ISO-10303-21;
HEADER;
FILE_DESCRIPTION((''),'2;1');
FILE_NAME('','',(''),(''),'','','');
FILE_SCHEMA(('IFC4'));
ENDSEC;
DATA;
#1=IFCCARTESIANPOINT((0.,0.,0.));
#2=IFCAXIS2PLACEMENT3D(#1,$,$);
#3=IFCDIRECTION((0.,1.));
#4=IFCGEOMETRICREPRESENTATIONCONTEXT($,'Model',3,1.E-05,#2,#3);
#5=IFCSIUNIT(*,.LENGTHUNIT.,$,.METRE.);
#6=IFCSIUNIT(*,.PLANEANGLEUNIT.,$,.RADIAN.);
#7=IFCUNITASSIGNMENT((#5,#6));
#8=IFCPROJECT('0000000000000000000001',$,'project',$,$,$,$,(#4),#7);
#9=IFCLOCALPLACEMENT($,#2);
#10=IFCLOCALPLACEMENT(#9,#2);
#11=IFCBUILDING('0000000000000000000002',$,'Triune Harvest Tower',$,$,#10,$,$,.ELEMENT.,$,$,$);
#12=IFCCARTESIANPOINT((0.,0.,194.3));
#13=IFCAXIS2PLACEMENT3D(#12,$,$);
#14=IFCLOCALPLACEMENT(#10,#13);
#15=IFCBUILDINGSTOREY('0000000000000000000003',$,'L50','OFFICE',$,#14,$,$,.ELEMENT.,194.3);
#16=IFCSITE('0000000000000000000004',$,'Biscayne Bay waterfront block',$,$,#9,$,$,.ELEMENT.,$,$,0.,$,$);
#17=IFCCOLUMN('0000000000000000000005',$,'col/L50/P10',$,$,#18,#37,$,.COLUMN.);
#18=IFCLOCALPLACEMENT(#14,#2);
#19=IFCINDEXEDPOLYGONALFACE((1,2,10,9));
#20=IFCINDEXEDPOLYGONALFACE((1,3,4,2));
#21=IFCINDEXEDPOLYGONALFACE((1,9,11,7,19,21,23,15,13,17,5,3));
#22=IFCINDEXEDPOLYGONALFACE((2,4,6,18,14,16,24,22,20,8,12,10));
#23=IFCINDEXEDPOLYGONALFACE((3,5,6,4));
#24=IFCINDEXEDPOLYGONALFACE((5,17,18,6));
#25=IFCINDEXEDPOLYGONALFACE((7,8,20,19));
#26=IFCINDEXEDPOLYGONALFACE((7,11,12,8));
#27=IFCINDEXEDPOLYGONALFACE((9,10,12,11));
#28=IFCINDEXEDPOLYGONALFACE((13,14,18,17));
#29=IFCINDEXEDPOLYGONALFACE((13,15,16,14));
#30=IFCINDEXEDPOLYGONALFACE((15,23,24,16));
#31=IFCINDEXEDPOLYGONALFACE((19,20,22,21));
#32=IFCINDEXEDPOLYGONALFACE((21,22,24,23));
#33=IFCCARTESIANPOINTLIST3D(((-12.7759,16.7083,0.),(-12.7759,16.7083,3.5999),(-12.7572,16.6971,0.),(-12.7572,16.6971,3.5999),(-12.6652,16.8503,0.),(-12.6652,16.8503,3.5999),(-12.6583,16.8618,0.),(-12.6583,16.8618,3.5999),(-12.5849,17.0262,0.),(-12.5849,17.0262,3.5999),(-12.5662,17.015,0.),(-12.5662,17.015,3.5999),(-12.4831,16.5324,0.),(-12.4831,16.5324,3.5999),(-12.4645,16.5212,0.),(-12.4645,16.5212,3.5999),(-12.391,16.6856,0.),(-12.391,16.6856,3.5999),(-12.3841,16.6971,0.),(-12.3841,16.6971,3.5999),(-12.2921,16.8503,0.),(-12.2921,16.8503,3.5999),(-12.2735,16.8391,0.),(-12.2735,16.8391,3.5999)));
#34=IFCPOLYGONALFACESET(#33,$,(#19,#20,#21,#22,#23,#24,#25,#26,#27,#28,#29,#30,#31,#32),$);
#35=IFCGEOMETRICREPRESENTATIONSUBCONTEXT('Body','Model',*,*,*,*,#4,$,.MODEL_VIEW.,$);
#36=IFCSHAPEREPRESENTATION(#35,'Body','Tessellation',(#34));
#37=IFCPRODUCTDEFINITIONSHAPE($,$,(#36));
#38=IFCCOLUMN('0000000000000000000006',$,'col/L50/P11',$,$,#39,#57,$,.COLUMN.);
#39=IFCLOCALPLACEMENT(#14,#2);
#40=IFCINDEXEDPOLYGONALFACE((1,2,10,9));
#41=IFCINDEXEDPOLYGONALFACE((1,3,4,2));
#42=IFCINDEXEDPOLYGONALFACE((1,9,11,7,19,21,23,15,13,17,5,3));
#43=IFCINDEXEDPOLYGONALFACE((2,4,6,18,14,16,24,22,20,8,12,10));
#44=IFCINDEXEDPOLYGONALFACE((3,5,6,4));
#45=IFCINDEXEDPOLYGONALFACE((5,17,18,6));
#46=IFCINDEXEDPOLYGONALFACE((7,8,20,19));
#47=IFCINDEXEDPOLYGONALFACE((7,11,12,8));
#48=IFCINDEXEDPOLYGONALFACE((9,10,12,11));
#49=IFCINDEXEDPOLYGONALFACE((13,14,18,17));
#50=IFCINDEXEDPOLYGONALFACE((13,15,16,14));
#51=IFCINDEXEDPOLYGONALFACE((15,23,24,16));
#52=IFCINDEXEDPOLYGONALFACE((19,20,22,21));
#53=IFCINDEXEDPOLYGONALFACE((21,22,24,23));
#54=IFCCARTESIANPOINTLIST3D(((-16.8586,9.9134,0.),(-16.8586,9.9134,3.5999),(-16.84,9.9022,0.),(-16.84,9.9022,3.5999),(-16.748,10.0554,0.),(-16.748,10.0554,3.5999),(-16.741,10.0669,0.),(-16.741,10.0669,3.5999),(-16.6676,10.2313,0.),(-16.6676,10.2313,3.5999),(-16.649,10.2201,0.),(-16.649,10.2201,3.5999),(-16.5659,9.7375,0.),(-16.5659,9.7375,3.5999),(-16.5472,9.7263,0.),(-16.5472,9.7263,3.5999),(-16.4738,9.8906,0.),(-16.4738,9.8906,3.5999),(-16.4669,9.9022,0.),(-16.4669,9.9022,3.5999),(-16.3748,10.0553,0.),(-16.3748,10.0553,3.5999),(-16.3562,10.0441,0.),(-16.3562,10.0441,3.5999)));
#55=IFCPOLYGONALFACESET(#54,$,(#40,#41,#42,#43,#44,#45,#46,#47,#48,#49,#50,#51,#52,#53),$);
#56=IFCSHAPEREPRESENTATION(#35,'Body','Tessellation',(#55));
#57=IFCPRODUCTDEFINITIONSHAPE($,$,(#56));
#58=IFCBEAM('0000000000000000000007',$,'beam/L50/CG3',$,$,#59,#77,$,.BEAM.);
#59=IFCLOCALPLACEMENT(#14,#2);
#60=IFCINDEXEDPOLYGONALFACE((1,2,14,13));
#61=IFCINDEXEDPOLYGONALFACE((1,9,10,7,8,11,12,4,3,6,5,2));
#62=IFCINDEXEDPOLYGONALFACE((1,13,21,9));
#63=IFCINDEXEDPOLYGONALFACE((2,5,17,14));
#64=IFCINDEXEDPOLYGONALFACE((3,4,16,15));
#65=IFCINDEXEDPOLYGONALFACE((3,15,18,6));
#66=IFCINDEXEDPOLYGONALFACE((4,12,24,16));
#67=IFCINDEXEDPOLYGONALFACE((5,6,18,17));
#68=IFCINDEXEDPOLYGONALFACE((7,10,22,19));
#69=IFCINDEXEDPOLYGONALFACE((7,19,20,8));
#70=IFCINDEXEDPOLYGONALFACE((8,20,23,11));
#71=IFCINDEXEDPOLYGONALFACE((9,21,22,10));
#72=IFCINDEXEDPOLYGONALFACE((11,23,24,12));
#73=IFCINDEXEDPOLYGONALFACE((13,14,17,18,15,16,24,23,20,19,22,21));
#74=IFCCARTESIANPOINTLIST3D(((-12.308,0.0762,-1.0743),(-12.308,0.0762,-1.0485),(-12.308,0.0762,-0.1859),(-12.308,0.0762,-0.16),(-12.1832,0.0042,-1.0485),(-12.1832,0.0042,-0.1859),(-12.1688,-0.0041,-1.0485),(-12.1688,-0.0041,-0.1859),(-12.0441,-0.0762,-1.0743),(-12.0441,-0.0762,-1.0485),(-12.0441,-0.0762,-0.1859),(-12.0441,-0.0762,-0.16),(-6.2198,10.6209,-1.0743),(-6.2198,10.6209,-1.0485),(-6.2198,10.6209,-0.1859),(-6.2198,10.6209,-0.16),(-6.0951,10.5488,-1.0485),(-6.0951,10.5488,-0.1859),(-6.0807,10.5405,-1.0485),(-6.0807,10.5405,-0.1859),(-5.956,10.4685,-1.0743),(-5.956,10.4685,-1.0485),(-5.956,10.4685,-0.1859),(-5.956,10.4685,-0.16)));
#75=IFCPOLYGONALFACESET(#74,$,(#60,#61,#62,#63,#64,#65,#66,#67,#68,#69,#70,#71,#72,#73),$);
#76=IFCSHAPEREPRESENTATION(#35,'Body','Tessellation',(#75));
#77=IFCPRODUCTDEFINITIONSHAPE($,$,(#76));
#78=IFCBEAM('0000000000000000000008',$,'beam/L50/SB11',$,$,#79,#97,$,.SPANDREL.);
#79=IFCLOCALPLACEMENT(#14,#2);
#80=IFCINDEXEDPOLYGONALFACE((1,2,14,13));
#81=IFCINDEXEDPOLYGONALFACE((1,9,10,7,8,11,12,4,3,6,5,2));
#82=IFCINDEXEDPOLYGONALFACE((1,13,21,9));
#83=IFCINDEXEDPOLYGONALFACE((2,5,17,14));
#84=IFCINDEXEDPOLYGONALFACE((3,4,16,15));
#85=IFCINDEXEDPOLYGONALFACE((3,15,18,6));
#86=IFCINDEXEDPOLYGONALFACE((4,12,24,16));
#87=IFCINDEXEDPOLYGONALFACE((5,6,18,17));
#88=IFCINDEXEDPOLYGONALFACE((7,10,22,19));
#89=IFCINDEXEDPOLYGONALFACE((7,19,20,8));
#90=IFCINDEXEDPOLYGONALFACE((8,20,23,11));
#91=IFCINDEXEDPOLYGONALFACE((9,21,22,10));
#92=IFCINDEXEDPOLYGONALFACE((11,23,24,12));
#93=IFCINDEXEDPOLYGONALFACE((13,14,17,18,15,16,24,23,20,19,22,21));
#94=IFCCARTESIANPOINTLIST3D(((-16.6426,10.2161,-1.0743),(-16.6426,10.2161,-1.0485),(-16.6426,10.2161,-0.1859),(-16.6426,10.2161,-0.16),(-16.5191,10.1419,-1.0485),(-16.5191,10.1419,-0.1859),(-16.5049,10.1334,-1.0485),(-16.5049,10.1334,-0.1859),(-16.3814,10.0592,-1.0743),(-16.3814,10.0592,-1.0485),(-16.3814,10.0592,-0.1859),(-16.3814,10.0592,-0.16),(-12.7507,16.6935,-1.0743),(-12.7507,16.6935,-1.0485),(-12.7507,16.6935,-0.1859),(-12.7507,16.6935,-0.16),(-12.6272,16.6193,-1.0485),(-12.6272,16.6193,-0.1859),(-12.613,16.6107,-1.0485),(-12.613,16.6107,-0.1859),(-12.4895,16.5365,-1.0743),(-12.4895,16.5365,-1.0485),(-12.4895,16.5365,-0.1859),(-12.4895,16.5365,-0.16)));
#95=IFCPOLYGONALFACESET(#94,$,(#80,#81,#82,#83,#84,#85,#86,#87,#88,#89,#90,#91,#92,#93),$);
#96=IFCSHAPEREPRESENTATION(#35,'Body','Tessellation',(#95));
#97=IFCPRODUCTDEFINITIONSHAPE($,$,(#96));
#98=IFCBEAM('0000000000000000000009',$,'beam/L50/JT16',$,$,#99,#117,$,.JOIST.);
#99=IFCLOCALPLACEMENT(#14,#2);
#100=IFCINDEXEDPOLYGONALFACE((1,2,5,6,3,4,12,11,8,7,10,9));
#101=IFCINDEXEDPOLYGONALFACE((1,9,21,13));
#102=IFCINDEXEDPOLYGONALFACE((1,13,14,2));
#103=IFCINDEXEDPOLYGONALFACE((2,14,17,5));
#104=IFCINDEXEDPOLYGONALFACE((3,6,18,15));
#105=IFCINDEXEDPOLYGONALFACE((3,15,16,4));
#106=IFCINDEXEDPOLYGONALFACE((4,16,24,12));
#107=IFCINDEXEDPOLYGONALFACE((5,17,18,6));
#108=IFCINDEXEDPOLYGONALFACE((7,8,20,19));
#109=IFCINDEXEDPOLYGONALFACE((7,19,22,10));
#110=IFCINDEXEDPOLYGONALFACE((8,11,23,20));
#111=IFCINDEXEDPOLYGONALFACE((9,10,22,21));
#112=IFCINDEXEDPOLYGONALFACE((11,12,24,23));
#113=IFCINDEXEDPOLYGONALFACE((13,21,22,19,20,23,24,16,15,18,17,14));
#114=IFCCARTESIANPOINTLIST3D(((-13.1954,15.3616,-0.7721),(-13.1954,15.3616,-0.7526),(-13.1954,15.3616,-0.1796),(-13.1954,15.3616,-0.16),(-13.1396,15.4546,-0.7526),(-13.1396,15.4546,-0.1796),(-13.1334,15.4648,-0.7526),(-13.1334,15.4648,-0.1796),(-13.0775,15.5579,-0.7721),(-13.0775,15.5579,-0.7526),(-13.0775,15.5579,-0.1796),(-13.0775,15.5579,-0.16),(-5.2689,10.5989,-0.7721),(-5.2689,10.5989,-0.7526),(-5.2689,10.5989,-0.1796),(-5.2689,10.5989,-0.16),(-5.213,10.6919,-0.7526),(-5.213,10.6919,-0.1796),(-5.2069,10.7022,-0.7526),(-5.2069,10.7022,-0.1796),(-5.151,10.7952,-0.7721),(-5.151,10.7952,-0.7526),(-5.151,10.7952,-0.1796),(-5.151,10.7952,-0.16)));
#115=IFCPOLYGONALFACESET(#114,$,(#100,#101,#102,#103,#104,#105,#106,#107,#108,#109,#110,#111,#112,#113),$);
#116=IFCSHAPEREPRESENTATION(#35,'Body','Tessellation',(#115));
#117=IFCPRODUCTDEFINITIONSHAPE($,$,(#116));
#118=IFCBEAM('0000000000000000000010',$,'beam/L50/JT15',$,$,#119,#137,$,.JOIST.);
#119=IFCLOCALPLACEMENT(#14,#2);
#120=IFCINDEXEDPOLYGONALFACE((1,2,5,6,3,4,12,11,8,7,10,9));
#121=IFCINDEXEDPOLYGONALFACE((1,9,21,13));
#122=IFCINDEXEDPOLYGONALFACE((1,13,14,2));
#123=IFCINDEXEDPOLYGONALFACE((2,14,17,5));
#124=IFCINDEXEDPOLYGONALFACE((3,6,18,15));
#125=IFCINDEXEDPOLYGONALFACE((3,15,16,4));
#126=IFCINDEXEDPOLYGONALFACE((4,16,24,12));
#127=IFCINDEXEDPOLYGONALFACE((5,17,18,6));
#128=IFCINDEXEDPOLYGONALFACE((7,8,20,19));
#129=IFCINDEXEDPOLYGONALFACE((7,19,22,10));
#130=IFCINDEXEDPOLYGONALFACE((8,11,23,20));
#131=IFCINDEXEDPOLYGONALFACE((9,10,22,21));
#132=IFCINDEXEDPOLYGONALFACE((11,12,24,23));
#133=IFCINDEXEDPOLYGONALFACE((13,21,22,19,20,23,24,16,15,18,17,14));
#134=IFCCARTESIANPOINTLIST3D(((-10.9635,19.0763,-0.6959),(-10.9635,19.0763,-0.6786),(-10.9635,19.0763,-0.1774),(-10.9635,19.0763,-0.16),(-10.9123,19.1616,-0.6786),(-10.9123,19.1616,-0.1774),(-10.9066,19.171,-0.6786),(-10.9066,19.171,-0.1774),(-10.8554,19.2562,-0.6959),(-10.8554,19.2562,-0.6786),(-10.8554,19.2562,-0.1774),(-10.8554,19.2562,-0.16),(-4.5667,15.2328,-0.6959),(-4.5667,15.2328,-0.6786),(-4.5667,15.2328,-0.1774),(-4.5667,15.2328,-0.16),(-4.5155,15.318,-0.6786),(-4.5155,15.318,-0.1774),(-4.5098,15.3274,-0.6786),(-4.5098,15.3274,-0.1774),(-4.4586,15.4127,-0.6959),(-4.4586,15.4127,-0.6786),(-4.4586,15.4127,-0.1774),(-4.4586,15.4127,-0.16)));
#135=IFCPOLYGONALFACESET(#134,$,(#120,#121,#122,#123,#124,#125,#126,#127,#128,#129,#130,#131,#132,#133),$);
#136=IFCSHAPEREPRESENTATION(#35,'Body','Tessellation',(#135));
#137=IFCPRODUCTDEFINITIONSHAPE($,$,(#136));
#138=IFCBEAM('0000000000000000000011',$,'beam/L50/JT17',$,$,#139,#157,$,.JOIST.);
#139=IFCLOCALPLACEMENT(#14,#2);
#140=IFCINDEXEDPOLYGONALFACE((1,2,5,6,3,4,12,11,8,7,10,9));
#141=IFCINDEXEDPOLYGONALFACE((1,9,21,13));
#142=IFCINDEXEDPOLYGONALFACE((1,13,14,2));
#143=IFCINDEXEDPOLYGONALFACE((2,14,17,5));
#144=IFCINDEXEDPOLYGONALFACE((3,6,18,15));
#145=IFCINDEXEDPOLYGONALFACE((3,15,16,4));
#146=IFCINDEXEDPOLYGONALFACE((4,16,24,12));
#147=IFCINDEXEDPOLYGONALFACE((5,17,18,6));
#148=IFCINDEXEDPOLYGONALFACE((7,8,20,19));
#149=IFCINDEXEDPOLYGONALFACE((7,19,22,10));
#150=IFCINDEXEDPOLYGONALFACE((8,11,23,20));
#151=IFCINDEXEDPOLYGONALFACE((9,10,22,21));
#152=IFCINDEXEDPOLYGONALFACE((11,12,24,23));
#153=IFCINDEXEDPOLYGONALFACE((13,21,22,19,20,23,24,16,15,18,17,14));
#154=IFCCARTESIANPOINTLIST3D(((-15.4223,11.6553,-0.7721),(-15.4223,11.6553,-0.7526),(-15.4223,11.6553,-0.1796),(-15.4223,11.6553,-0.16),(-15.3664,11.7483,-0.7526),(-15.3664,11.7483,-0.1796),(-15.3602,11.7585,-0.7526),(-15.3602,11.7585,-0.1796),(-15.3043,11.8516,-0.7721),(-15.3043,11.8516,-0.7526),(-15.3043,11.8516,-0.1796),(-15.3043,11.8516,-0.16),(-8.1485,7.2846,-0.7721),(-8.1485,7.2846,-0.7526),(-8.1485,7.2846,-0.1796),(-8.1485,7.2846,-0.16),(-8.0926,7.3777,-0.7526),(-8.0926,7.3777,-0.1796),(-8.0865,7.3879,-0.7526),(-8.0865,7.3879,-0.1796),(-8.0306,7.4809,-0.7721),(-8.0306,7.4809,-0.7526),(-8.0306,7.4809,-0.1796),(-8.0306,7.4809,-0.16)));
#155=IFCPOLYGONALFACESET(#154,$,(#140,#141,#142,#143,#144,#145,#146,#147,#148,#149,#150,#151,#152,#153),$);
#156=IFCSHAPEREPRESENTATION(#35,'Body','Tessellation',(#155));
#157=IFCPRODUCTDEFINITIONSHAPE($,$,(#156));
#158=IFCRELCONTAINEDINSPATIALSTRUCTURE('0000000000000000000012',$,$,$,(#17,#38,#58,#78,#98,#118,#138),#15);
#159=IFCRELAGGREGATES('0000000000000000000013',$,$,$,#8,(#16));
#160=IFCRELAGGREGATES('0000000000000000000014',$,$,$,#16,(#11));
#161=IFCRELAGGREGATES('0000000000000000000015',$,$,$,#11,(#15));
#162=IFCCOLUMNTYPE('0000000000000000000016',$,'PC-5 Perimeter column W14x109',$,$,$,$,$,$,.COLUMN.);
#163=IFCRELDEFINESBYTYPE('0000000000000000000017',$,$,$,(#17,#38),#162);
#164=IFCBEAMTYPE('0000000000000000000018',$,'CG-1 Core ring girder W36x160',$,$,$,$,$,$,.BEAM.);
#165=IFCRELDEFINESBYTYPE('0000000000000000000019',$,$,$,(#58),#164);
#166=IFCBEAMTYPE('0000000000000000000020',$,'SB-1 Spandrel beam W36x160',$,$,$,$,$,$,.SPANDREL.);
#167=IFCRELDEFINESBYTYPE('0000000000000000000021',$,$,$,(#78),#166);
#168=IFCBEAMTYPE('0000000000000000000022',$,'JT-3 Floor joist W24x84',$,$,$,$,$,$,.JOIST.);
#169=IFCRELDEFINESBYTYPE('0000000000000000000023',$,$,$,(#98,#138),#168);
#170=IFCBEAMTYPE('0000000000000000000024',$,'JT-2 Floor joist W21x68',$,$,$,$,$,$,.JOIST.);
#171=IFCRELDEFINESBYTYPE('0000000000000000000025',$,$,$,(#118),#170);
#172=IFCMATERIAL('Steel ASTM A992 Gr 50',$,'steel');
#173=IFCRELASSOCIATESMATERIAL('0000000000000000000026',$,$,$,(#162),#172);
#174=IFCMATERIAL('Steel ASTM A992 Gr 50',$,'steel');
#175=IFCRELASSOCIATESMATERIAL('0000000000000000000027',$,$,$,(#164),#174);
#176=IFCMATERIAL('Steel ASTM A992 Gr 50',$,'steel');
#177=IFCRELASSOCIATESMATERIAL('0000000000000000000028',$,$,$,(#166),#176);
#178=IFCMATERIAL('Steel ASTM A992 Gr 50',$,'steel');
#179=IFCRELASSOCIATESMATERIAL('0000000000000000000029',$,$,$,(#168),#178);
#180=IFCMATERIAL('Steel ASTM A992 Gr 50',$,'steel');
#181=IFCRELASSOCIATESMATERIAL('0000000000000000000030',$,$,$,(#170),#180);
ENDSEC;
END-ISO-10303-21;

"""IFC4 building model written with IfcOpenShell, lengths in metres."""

from ifc_helpers import new_model, si_unit, direction, frame, origin, origin_2d, place, context, subcontext, project, spatial, i_section, extrude, source, transform, mapped, material, material_profile, profile_set, type_object, element, save


model = new_model("IFC4")

# Units and contexts
model_context = context("Model", 3, precision=1e-05, world=origin(), true_north=direction((0.0, 1.0)))
body_context = subcontext(model_context, "Body", "Model", "MODEL_VIEW")
ifc_project = project(units=[si_unit("LENGTHUNIT", "METRE"), si_unit("PLANEANGLEUNIT", "RADIAN")], contexts=[model_context])

# Site, building, storey
site_placement = place(None, origin())
site = spatial("IfcSite", under=ifc_project, at=site_placement, Name="Biscayne Bay waterfront block", CompositionType="ELEMENT", RefElevation=0.0)
building_placement = place(site_placement, origin())
building = spatial("IfcBuilding", under=site, at=building_placement, Name="Triune Harvest Tower", CompositionType="ELEMENT")
storey_placement = place(building_placement, frame((0.0, 0.0, 194.3)))
storey = spatial("IfcBuildingStorey", under=building, at=storey_placement, Name="L50", Description="OFFICE", CompositionType="ELEMENT", Elevation=194.3)

# Columns
ifc_material_1 = material(Name="Steel ASTM A992 Gr 50", Category="steel")
ifc_material_profile_1 = material_profile(ifc_material_1, i_section(OverallWidth=0.3708, OverallDepth=0.3633, WebThickness=0.0134, FlangeThickness=0.0217, at=origin_2d()), Name="W14x109")
ifc_profile_set_1 = profile_set([ifc_material_profile_1], Name="Steel ASTM A992 Gr 50")
column_type = type_object("IfcColumnType", Name="PC-5 Perimeter column W14x109", PredefinedType="COLUMN", material=ifc_profile_set_1)
shared_shape_1 = source(origin(), body_context, "Body", "SweptSolid", [
    extrude(i_section(OverallWidth=0.3708, OverallDepth=0.3633, WebThickness=0.0134, FlangeThickness=0.0217, at=origin_2d()), origin(), (0.0, 0.0, 1.0), 3.5999),
])
for number, where, z_axis, x_axis, name in (
    (1, (-12.5247, 16.7737, 0.0), (0.0, 0.0, 1.0), (-0.515037, -0.857168, 0.0), "col/L50/P10"),
    (2, (-16.6074, 9.9788, 0.0), (0.0, 0.0, 1.0), (-0.515037, -0.857168, 0.0), "col/L50/P11"),
):
    element("IfcColumn", number, at=place(storey_placement, frame(where, z_axis=z_axis, x_axis=x_axis)), inside=storey, type_object=column_type, Name=name, PredefinedType="COLUMN", context=body_context, shape_type="MappedRepresentation", body=[
        mapped(shared_shape_1, transform((0.0, 0.0, 0.0), scale=1.0)),
    ])

# Beams
ifc_material_2 = material(Name="Steel ASTM A992 Gr 50", Category="steel")
ifc_material_profile_2 = material_profile(ifc_material_2, i_section(OverallWidth=0.3047, OverallDepth=0.9143, WebThickness=0.0166, FlangeThickness=0.0259, at=origin_2d()), Name="W36x160")
ifc_profile_set_2 = profile_set([ifc_material_profile_2], Name="Steel ASTM A992 Gr 50")
beam_type_1 = type_object("IfcBeamType", Name="CG-1 Core ring girder W36x160", PredefinedType="BEAM", material=ifc_profile_set_2)
shared_shape_2 = source(origin(), body_context, "Body", "SweptSolid", [
    extrude(i_section(OverallWidth=0.3047, OverallDepth=0.9143, WebThickness=0.0166, FlangeThickness=0.0259, at=origin_2d()), origin(), (0.0, 0.0, 1.0), 12.176),
])
beam_1_placement = place(storey_placement, frame((-6.0879, 10.5447, -0.6172), z_axis=(-0.50001, -0.86602, 0.0), x_axis=(0.86602, -0.50001, 0.0)))
element("IfcBeam", 3, at=beam_1_placement, inside=storey, type_object=beam_type_1, Name="beam/L50/CG3", PredefinedType="BEAM", context=body_context, shape_type="MappedRepresentation", body=[
    mapped(shared_shape_2, transform((0.0, 0.0, 0.0), scale=1.0)),
])
ifc_material_3 = material(Name="Steel ASTM A992 Gr 50", Category="steel")
ifc_material_profile_3 = material_profile(ifc_material_3, i_section(OverallWidth=0.3047, OverallDepth=0.9143, WebThickness=0.0166, FlangeThickness=0.0259, at=origin_2d()), Name="W36x160")
ifc_profile_set_3 = profile_set([ifc_material_profile_3], Name="Steel ASTM A992 Gr 50")
beam_type_2 = type_object("IfcBeamType", Name="SB-1 Spandrel beam W36x160", PredefinedType="SPANDREL", material=ifc_profile_set_3)
shared_shape_3 = source(origin(), body_context, "Body", "SweptSolid", [
    extrude(i_section(OverallWidth=0.3047, OverallDepth=0.9143, WebThickness=0.0166, FlangeThickness=0.0259, at=origin_2d()), origin(), (0.0, 0.0, 1.0), 7.5566),
])
beam_2_placement = place(storey_placement, frame((-12.6201, 16.615, -0.6172), z_axis=(-0.515028, -0.857173, 0.0), x_axis=(0.857173, -0.515028, 0.0)))
element("IfcBeam", 4, at=beam_2_placement, inside=storey, type_object=beam_type_2, Name="beam/L50/SB11", PredefinedType="SPANDREL", context=body_context, shape_type="MappedRepresentation", body=[
    mapped(shared_shape_3, transform((0.0, 0.0, 0.0), scale=1.0)),
])
ifc_material_4 = material(Name="Steel ASTM A992 Gr 50", Category="steel")
ifc_material_profile_4 = material_profile(ifc_material_4, i_section(OverallWidth=0.229, OverallDepth=0.6121, WebThickness=0.012, FlangeThickness=0.0195, at=origin_2d()), Name="W24x84")
ifc_profile_set_4 = profile_set([ifc_material_profile_4], Name="Steel ASTM A992 Gr 50")
beam_type_3 = type_object("IfcBeamType", Name="JT-3 Floor joist W24x84", PredefinedType="JOIST", material=ifc_profile_set_4)
shared_shape_4 = source(origin(), body_context, "Body", "SweptSolid", [
    extrude(i_section(OverallWidth=0.229, OverallDepth=0.6121, WebThickness=0.012, FlangeThickness=0.0195, at=origin_2d()), origin(), (0.0, 0.0, 1.0), 9.2473),
])
beam_3_placement = place(storey_placement, frame((-13.1365, 15.4597, -0.4661), z_axis=(0.857169, -0.515035, 0.0), x_axis=(0.515035, 0.857169, 0.0)))
element("IfcBeam", 5, at=beam_3_placement, inside=storey, type_object=beam_type_3, Name="beam/L50/JT16", PredefinedType="JOIST", context=body_context, shape_type="MappedRepresentation", body=[
    mapped(shared_shape_4, transform((0.0, 0.0, 0.0), scale=1.0)),
])
ifc_material_5 = material(Name="Steel ASTM A992 Gr 50", Category="steel")
ifc_material_profile_5 = material_profile(ifc_material_5, i_section(OverallWidth=0.21, OverallDepth=0.5359, WebThickness=0.011, FlangeThickness=0.0173, at=origin_2d()), Name="W21x68")
ifc_profile_set_5 = profile_set([ifc_material_profile_5], Name="Steel ASTM A992 Gr 50")
beam_type_4 = type_object("IfcBeamType", Name="JT-2 Floor joist W21x68", PredefinedType="JOIST", material=ifc_profile_set_5)
shared_shape_5 = source(origin(), body_context, "Body", "SweptSolid", [
    extrude(i_section(OverallWidth=0.21, OverallDepth=0.5359, WebThickness=0.011, FlangeThickness=0.0173, at=origin_2d()), origin(), (0.0, 0.0, 1.0), 7.4626),
])
beam_4_placement = place(storey_placement, frame((-10.9094, 19.1663, -0.428), z_axis=(0.857169, -0.515034, 0.0), x_axis=(0.515034, 0.857169, 0.0)))
element("IfcBeam", 6, at=beam_4_placement, inside=storey, type_object=beam_type_4, Name="beam/L50/JT15", PredefinedType="JOIST", context=body_context, shape_type="MappedRepresentation", body=[
    mapped(shared_shape_5, transform((0.0, 0.0, 0.0), scale=1.0)),
])
shared_shape_6 = source(origin(), body_context, "Body", "SweptSolid", [
    extrude(i_section(OverallWidth=0.229, OverallDepth=0.6121, WebThickness=0.012, FlangeThickness=0.0195, at=origin_2d()), origin(), (0.0, 0.0, 1.0), 8.4858),
])
beam_5_placement = place(storey_placement, frame((-15.3633, 11.7534, -0.4661), z_axis=(0.85716, -0.51505, 0.0), x_axis=(0.51505, 0.85716, 0.0)))
element("IfcBeam", 7, at=beam_5_placement, inside=storey, type_object=beam_type_3, Name="beam/L50/JT17", PredefinedType="JOIST", context=body_context, shape_type="MappedRepresentation", body=[
    mapped(shared_shape_6, transform((0.0, 0.0, 0.0), scale=1.0)),
])

save(model, "model.ifc")
